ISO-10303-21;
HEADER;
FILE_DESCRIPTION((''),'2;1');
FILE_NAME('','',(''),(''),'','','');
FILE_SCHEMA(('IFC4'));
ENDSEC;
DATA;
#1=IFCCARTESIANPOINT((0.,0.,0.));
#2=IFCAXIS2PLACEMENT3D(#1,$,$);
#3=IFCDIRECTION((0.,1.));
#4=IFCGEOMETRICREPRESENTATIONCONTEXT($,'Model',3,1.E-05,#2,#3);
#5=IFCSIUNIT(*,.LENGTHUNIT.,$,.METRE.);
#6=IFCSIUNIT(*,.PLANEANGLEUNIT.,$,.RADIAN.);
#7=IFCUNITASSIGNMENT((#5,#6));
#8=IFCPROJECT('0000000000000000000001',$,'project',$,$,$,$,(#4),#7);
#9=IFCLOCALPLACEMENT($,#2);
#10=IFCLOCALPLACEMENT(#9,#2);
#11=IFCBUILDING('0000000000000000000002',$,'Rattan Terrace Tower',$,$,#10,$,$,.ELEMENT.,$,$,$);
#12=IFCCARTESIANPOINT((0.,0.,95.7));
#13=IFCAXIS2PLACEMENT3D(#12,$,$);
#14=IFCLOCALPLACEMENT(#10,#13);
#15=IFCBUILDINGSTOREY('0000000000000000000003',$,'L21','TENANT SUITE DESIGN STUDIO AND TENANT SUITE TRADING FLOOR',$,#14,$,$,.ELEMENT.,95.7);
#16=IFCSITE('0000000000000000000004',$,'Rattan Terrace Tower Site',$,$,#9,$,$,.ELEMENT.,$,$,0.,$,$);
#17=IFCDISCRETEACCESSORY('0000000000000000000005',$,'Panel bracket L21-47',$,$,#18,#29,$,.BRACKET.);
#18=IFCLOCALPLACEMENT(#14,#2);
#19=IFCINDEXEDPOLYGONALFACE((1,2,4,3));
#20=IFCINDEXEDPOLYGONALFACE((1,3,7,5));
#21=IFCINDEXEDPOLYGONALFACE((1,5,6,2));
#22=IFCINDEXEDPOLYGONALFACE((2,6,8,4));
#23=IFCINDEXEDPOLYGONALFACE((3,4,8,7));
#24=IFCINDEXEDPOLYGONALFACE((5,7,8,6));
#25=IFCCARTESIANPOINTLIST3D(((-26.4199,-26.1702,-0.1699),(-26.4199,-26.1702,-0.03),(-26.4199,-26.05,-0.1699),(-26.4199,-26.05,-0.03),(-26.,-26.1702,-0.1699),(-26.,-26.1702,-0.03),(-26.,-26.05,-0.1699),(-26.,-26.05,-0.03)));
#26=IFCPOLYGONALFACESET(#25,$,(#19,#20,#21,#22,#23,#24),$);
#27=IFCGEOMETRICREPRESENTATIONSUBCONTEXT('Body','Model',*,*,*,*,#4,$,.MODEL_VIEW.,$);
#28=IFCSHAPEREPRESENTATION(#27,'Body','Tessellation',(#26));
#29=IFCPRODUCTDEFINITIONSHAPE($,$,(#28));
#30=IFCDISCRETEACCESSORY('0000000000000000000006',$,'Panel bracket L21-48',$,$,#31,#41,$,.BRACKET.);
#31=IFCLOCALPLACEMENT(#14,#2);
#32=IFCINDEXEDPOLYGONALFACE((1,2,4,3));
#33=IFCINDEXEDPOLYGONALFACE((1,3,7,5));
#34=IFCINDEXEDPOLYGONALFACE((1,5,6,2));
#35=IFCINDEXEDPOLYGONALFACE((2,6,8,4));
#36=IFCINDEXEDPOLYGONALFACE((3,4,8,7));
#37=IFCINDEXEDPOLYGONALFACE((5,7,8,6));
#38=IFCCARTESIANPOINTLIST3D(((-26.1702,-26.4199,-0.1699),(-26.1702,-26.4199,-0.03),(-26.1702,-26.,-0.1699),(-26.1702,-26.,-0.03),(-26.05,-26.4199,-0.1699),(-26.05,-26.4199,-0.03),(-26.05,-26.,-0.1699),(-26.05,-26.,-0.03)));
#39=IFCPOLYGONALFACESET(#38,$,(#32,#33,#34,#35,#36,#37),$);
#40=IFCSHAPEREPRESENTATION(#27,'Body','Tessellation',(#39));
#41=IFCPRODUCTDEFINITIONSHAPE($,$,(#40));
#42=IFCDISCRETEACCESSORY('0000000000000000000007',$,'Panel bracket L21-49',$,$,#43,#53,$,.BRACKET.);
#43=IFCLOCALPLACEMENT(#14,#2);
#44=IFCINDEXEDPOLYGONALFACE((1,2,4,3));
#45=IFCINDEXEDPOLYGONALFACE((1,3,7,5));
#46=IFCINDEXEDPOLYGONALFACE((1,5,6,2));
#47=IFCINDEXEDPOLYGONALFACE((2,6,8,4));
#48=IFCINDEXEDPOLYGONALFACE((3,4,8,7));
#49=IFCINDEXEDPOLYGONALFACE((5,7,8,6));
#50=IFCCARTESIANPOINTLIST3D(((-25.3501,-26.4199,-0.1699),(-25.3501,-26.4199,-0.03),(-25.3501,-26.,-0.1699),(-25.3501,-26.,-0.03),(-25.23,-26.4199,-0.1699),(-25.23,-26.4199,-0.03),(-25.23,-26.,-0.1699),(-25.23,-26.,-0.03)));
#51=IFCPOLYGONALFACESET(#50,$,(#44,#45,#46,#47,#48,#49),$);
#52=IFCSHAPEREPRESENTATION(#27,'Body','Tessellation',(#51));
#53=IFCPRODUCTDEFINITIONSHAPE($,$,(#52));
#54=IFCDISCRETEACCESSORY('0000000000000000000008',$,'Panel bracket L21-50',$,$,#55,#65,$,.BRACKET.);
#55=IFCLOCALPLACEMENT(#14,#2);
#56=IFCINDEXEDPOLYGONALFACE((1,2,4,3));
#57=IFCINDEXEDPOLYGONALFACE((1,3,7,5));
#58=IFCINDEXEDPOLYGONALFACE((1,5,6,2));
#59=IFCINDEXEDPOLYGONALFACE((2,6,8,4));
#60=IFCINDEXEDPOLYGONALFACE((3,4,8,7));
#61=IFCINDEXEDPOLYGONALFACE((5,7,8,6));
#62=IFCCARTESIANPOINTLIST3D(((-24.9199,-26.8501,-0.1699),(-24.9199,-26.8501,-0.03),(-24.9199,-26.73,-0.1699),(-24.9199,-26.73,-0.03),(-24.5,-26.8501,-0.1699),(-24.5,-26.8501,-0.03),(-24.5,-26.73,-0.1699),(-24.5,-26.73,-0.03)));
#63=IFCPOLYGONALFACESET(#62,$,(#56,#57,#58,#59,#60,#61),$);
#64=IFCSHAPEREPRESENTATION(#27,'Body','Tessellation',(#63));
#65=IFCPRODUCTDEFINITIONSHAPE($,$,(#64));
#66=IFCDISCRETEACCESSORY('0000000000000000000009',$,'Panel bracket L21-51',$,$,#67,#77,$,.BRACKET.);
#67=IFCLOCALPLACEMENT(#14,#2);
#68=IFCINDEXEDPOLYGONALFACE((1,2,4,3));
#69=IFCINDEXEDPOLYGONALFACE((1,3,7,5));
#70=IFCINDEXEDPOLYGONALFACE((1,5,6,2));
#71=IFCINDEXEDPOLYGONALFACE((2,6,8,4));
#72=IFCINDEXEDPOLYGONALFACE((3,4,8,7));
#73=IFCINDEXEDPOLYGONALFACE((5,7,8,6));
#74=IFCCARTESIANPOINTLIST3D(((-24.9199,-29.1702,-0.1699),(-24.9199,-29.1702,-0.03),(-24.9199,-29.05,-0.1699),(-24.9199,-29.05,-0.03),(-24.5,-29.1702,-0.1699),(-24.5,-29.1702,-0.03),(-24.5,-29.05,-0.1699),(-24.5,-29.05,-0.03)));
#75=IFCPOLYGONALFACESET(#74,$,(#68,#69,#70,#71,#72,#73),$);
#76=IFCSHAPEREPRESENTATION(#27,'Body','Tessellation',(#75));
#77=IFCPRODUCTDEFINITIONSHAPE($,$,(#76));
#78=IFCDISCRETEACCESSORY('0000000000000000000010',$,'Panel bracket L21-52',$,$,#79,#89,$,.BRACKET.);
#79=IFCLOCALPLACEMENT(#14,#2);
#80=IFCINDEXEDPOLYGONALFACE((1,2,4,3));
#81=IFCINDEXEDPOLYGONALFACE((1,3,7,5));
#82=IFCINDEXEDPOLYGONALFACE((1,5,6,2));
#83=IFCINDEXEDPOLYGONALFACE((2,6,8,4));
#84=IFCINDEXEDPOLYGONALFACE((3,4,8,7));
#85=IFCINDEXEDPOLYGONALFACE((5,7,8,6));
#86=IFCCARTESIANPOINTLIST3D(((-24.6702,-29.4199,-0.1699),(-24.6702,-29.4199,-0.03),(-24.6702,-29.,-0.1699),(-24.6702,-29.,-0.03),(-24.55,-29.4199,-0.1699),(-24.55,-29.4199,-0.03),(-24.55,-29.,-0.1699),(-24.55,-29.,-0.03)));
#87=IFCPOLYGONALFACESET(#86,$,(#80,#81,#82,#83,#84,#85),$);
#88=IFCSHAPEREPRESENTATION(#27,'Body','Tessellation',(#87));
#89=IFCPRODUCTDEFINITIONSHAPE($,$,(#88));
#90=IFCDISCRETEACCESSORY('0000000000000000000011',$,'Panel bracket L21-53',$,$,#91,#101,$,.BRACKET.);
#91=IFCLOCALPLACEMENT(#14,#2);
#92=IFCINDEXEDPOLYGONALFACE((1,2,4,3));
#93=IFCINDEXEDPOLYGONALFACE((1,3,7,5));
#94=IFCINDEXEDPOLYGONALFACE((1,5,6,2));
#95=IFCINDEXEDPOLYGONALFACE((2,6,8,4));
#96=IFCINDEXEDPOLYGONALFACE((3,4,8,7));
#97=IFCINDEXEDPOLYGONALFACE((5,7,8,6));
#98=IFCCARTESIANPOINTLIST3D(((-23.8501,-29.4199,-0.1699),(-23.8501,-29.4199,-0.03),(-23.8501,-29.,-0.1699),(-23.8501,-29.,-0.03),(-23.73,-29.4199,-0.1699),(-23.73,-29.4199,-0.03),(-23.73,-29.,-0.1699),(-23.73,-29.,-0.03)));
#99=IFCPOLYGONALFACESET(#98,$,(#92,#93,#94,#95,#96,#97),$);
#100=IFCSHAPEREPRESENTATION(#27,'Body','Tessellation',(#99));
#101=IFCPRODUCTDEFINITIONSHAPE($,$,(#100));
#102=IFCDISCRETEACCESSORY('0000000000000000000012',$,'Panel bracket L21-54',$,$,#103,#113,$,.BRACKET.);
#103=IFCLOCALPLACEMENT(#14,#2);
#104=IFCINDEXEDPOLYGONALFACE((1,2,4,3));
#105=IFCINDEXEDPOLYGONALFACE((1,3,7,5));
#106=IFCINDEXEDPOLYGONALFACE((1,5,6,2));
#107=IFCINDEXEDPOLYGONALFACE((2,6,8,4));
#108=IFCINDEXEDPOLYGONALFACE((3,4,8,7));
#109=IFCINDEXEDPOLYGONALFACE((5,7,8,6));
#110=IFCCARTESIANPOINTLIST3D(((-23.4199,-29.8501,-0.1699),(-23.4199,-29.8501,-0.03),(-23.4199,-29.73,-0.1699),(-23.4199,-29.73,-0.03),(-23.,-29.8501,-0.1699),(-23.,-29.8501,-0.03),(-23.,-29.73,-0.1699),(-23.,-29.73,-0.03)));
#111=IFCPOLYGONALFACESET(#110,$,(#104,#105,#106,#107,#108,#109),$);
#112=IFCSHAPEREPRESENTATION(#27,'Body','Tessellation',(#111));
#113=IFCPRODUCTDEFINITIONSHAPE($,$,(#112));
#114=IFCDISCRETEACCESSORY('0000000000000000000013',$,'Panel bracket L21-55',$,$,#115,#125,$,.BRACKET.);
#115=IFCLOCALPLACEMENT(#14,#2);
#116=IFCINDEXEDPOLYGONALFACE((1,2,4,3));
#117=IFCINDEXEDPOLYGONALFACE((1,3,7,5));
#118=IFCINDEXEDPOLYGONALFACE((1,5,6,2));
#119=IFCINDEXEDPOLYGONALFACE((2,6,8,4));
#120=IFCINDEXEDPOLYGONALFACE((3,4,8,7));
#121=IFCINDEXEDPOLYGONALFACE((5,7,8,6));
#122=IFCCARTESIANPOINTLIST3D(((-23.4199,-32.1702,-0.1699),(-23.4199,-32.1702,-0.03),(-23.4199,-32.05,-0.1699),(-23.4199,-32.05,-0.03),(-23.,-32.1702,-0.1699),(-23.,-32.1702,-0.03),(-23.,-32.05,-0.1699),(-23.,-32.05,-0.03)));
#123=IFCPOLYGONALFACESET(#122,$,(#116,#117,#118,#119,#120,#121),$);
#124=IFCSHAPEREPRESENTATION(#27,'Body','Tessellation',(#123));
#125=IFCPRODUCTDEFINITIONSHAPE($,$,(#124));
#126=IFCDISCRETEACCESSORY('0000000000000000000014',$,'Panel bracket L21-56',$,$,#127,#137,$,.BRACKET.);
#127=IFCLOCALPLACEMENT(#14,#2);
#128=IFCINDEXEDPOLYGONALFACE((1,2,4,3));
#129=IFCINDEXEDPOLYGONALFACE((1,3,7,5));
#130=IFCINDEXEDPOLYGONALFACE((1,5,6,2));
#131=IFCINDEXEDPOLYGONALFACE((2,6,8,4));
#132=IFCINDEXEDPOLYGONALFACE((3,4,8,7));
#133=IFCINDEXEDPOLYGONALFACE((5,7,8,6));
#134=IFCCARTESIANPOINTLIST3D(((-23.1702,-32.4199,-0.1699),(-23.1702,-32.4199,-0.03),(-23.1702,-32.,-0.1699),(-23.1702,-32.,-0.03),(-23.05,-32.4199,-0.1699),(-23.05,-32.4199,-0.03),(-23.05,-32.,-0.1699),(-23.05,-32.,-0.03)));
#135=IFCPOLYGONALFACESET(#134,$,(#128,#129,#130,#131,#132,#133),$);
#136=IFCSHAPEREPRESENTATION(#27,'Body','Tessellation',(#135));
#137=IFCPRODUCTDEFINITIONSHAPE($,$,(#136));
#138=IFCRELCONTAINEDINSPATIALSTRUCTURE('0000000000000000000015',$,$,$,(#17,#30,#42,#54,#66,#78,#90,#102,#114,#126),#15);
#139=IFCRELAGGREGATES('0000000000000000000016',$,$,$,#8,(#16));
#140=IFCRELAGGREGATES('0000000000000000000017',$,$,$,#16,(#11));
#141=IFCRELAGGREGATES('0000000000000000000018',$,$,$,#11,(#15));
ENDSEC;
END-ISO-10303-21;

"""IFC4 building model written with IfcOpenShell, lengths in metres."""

from ifc_helpers import new_model, si_unit, direction, frame, origin, origin_2d, place, context, subcontext, project, spatial, rectangle, extrude, element, save


model = new_model("IFC4")

# Units and contexts
model_context = context("Model", 3, precision=1e-05, world=origin(), true_north=direction((0.0, 1.0)))
body_context = subcontext(model_context, "Body", "Model", "MODEL_VIEW")
ifc_project = project(units=[si_unit("LENGTHUNIT", "METRE"), si_unit("PLANEANGLEUNIT", "RADIAN")], contexts=[model_context])

# Site, building, storey
site_placement = place(None, origin())
site = spatial("IfcSite", under=ifc_project, at=site_placement, Name="Rattan Terrace Tower Site", CompositionType="ELEMENT", RefElevation=0.0)
building_placement = place(site_placement, origin())
building = spatial("IfcBuilding", under=site, at=building_placement, Name="Rattan Terrace Tower", CompositionType="ELEMENT")
storey_placement = place(building_placement, frame((0.0, 0.0, 95.7)))
storey = spatial("IfcBuildingStorey", under=building, at=storey_placement, Name="L21", Description="TENANT SUITE DESIGN STUDIO AND TENANT SUITE TRADING FLOOR", CompositionType="ELEMENT", Elevation=95.7)

# Discrete accessories
for number, where, z_axis, x_axis, name in (
    (1, (-26.21, -26.1101, -0.1699), (0.0, 0.0, 1.0), (0.0, -1.0, 0.0), "Panel bracket L21-47"),
    (2, (-26.1101, -26.21, -0.1699), (0.0, 0.0, 1.0), (1.0, 0.0, 0.0), "Panel bracket L21-48"),
    (3, (-25.29, -26.21, -0.1699), (0.0, 0.0, 1.0), (1.0, 0.0, 0.0), "Panel bracket L21-49"),
    (4, (-24.71, -26.79, -0.1699), (0.0, 0.0, 1.0), (0.0, -1.0, 0.0), "Panel bracket L21-50"),
    (5, (-24.71, -29.1101, -0.1699), (0.0, 0.0, 1.0), (0.0, -1.0, 0.0), "Panel bracket L21-51"),
    (6, (-24.6101, -29.21, -0.1699), (0.0, 0.0, 1.0), (1.0, 0.0, 0.0), "Panel bracket L21-52"),
    (7, (-23.79, -29.21, -0.1699), (0.0, 0.0, 1.0), (1.0, 0.0, 0.0), "Panel bracket L21-53"),
    (8, (-23.21, -29.79, -0.1699), (0.0, 0.0, 1.0), (0.0, -1.0, 0.0), "Panel bracket L21-54"),
    (9, (-23.21, -32.1101, -0.1699), (0.0, 0.0, 1.0), (0.0, -1.0, 0.0), "Panel bracket L21-55"),
    (10, (-23.1101, -32.21, -0.1699), (0.0, 0.0, 1.0), (1.0, 0.0, 0.0), "Panel bracket L21-56"),
):
    element("IfcDiscreteAccessory", number, at=place(storey_placement, frame(where, z_axis=z_axis, x_axis=x_axis)), inside=storey, Name=name, PredefinedType="BRACKET", context=body_context, shape_type="SweptSolid", body=[
        extrude(rectangle(XDim=0.1201, YDim=0.4199, at=origin_2d()), origin(), (0.0, 0.0, 1.0), 0.1399),
    ])

save(model, "model.ifc")
